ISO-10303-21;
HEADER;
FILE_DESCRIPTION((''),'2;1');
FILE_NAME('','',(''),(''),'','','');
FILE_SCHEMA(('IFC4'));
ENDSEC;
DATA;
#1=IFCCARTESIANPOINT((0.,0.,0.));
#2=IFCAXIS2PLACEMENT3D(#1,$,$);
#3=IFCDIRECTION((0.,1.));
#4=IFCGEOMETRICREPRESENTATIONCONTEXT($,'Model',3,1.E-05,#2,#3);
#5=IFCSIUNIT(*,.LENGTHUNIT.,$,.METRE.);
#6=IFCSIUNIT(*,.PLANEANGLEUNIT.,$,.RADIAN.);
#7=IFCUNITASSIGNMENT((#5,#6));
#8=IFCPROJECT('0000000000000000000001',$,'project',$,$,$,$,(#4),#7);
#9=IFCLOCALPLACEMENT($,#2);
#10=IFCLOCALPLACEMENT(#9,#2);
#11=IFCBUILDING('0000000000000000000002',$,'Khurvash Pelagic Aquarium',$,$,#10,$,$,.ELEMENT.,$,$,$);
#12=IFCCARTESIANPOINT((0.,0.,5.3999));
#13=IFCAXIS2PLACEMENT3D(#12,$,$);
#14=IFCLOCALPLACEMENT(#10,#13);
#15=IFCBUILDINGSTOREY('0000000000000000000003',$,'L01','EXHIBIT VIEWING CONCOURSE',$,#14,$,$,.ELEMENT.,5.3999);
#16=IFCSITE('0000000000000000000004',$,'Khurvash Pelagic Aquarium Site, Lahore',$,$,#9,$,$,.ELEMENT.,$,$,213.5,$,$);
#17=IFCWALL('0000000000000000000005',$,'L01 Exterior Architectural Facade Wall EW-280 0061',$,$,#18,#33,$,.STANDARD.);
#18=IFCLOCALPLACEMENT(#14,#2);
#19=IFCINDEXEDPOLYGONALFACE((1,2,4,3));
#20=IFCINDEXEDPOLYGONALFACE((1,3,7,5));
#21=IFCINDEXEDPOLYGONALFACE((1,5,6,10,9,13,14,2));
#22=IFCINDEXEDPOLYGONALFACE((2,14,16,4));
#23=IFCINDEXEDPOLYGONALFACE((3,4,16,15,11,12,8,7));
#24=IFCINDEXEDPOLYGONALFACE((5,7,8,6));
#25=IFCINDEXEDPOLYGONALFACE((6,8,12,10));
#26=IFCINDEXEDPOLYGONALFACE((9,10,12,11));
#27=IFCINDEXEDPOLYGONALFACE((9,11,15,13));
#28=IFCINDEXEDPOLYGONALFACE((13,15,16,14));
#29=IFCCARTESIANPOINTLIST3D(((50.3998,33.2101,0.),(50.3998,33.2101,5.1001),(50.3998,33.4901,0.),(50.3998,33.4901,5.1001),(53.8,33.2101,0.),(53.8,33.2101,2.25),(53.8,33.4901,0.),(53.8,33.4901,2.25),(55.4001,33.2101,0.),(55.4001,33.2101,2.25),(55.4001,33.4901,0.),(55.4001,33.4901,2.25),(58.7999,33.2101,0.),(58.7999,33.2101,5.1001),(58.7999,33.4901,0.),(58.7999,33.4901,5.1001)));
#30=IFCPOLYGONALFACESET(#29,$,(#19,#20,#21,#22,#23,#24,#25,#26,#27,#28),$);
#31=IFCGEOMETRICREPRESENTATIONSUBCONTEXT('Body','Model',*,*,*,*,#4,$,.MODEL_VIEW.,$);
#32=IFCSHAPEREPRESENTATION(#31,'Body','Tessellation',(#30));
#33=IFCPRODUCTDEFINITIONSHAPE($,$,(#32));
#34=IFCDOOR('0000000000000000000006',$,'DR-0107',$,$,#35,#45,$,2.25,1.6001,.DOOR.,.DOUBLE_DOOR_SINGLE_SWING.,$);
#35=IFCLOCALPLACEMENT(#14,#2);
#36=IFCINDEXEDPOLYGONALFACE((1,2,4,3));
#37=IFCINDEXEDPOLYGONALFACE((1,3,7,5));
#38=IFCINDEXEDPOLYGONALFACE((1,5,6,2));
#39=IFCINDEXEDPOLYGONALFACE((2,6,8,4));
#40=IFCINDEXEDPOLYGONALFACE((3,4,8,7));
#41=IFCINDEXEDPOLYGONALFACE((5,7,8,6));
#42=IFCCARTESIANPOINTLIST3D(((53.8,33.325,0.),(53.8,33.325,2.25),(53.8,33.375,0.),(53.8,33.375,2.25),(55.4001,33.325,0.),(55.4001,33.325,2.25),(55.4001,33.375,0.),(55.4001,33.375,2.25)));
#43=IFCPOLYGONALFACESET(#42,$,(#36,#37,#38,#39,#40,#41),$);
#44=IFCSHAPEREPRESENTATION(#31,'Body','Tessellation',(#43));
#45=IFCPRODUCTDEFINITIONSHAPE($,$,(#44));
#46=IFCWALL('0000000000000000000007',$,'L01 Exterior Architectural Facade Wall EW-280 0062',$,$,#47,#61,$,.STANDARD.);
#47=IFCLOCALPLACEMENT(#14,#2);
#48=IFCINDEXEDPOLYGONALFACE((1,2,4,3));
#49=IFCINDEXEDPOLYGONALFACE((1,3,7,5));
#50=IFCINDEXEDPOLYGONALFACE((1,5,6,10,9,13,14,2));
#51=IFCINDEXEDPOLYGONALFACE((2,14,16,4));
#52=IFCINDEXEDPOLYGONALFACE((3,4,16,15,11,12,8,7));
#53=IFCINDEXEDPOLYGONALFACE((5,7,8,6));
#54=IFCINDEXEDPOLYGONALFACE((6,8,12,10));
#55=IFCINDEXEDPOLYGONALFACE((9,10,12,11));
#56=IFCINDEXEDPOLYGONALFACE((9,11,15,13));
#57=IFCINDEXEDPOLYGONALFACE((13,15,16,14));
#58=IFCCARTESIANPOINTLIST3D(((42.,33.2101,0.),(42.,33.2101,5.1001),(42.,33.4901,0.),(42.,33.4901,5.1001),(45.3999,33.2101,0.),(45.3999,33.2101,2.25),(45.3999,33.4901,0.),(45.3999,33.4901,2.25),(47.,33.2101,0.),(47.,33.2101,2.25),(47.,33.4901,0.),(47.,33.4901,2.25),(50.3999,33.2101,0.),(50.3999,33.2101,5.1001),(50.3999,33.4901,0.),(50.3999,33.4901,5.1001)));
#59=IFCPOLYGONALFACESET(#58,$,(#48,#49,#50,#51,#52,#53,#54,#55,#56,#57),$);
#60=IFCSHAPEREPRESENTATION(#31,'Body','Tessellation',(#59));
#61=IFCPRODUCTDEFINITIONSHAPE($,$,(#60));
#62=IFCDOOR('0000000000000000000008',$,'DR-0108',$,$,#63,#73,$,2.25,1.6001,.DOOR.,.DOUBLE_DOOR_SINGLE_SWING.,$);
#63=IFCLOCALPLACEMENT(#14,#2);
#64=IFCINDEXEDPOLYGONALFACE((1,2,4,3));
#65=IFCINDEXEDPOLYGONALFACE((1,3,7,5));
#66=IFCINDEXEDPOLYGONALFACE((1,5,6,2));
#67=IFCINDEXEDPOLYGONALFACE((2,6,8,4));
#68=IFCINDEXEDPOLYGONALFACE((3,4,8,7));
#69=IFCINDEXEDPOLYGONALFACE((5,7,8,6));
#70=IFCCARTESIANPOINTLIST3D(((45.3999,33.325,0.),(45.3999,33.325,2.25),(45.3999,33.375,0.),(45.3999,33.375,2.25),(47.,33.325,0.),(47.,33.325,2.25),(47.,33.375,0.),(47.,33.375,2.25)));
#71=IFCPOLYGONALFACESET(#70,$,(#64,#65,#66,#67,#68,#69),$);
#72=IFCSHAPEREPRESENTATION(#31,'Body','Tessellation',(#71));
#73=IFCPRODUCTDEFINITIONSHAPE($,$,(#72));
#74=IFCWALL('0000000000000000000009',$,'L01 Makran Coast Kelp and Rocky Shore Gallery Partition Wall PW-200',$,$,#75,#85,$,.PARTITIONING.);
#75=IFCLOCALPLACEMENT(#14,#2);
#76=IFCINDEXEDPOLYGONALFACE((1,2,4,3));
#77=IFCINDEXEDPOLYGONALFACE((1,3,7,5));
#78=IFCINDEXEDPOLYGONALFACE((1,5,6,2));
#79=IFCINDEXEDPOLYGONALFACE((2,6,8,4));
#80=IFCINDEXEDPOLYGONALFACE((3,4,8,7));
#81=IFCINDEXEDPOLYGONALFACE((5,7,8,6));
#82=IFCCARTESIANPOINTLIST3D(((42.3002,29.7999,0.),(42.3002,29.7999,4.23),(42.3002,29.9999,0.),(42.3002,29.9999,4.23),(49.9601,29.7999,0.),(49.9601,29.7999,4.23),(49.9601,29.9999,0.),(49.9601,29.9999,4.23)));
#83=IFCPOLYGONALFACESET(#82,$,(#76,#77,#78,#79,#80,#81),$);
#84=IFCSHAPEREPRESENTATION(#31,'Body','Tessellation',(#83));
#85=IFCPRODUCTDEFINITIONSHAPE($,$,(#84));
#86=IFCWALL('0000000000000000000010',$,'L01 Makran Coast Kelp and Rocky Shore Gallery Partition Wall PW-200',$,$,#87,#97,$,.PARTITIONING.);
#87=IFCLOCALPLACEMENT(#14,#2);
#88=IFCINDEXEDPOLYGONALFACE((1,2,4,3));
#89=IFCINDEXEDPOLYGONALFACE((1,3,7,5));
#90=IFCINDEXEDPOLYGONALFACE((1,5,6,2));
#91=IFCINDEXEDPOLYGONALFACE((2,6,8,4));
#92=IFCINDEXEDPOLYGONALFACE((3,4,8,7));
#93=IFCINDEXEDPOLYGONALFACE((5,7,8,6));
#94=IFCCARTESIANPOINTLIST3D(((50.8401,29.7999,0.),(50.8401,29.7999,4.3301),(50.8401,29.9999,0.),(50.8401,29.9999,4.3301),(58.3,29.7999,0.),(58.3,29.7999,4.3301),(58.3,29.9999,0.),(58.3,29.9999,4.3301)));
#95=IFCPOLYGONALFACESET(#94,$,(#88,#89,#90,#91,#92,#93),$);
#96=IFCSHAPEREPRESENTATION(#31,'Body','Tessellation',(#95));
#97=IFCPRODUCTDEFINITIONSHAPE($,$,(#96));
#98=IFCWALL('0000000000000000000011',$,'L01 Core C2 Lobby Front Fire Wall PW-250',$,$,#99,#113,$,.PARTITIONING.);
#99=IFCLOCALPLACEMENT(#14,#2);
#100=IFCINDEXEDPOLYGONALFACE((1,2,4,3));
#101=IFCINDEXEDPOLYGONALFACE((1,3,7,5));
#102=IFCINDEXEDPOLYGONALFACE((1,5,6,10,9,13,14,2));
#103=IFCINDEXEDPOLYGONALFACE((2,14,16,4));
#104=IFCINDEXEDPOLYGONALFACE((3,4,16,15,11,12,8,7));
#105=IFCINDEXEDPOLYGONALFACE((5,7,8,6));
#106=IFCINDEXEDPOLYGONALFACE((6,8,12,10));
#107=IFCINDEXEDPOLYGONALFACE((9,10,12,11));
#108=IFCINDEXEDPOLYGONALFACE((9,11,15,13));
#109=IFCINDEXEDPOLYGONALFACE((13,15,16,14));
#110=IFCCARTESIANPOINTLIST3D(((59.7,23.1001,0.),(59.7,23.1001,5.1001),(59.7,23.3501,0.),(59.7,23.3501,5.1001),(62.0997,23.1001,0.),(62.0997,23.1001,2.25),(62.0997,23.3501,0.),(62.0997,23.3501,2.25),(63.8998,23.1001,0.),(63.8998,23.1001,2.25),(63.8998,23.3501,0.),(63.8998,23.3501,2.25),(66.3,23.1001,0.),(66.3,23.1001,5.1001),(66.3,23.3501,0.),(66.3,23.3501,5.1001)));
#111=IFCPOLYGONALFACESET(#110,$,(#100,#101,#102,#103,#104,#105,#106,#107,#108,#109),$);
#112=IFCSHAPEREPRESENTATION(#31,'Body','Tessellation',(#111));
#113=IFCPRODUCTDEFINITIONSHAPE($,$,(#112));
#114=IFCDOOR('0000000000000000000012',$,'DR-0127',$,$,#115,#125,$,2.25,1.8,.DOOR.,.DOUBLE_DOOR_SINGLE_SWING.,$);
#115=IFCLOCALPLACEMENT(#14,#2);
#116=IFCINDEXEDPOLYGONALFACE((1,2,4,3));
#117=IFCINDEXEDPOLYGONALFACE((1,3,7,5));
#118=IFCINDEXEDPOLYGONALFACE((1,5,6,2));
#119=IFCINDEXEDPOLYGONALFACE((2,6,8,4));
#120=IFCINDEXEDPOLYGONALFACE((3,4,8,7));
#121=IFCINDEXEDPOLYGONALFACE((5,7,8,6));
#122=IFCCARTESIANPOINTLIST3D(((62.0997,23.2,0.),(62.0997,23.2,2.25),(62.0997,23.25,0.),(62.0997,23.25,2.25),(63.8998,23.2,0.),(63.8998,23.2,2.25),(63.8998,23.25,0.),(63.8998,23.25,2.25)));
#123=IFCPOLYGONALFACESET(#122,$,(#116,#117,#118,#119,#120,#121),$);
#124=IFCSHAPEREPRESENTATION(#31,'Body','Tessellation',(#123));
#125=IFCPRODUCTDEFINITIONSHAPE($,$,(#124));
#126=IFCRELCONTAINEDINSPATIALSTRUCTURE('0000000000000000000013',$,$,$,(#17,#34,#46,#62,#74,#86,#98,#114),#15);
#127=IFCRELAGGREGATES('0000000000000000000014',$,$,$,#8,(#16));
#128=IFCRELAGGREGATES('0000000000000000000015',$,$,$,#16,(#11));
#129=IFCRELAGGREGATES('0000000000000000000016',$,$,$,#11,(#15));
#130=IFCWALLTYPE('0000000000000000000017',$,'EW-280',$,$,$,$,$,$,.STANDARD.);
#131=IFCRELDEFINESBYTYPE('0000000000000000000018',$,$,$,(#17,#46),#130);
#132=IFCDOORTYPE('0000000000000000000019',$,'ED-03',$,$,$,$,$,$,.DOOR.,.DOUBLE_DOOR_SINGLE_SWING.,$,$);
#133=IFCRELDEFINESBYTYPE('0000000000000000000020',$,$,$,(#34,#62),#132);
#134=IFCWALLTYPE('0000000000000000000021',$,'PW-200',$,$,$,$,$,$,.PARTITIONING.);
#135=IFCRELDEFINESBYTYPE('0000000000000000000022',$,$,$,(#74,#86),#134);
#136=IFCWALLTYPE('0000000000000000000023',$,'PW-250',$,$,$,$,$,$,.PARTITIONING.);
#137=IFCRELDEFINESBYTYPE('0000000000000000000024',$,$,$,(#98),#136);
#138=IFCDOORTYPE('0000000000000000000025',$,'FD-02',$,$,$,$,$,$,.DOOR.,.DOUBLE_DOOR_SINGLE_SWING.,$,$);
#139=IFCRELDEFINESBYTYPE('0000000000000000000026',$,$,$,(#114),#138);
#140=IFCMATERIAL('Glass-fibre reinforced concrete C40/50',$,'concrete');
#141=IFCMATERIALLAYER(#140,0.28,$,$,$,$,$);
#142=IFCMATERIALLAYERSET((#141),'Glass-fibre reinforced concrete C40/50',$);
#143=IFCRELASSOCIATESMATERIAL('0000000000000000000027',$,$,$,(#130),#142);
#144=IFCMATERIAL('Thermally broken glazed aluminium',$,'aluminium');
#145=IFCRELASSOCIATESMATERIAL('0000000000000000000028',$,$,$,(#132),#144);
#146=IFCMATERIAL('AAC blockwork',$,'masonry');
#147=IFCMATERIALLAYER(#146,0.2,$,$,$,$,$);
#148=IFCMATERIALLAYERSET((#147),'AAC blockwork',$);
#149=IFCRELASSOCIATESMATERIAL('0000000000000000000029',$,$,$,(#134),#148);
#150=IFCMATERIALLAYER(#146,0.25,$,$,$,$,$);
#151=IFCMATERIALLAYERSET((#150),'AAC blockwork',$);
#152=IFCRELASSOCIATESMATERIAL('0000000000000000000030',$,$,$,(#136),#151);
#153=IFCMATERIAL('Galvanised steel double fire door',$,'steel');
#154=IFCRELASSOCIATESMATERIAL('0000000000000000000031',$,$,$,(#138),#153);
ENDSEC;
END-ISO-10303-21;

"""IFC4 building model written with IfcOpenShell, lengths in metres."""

from ifc_helpers import new_model, si_unit, direction, frame, frame_2d, origin, place, context, subcontext, project, spatial, rectangle, extrude, material, layer, layer_set, type_object, element, fill, save


model = new_model("IFC4")

# Units and contexts
model_context = context("Model", 3, precision=1e-05, world=origin(), true_north=direction((0.0, 1.0)))
body_context = subcontext(model_context, "Body", "Model", "MODEL_VIEW")
ifc_project = project(units=[si_unit("LENGTHUNIT", "METRE"), si_unit("PLANEANGLEUNIT", "RADIAN")], contexts=[model_context])

# Site, building, storey
site_placement = place(None, origin())
site = spatial("IfcSite", under=ifc_project, at=site_placement, Name="Khurvash Pelagic Aquarium Site, Lahore", CompositionType="ELEMENT", RefElevation=213.5)
building_placement = place(site_placement, origin())
building = spatial("IfcBuilding", under=site, at=building_placement, Name="Khurvash Pelagic Aquarium", CompositionType="ELEMENT")
storey_placement = place(building_placement, frame((0.0, 0.0, 5.3999)))
storey = spatial("IfcBuildingStorey", under=building, at=storey_placement, Name="L01", Description="EXHIBIT VIEWING CONCOURSE", CompositionType="ELEMENT", Elevation=5.3999)

# Walls, openings, doors
ifc_material_1 = material(Name="Glass-fibre reinforced concrete C40/50", Category="concrete")
ifc_layer_1 = layer(ifc_material_1, 0.28)
ifc_layer_set_1 = layer_set([ifc_layer_1], Name="Glass-fibre reinforced concrete C40/50")
wall_type_1 = type_object("IfcWallType", Name="EW-280", PredefinedType="STANDARD", material=ifc_layer_set_1)
wall_1_placement = place(storey_placement, frame((58.8, 33.3501, 0.0), z_axis=(0.0, 0.0, 1.0), x_axis=(-1.0, 0.0, 0.0)))
wall_1 = element("IfcWall", 1, at=wall_1_placement, inside=storey, type_object=wall_type_1, Name="L01 Exterior Architectural Facade Wall EW-280 0061", PredefinedType="STANDARD", context=body_context, shape_type="SweptSolid", body=[
    extrude(rectangle(XDim=8.4001, YDim=0.28, at=frame_2d((4.2002, 0.0))), origin(), (0.0, 0.0, 1.0), 5.1001),
])
opening_1_placement = place(wall_1_placement, frame((3.3999, 0.0, 0.0)))
opening_1 = element("IfcOpeningElement", 2, at=opening_1_placement, cuts=wall_1, PredefinedType="OPENING", context=body_context, shape_type="SweptSolid", body=[
    extrude(rectangle(XDim=1.6001, YDim=2.25, at=frame_2d((0.8, 1.125))), frame((0.0, 0.1499, 0.0), z_axis=(0.0, -1.0, 0.0), x_axis=(1.0, 0.0, 0.0)), (0.0, 0.0, 1.0), 0.3),
])
ifc_material_2 = material(Name="Thermally broken glazed aluminium", Category="aluminium")
door_type_1 = type_object("IfcDoorType", Name="ED-03", OperationType="DOUBLE_DOOR_SINGLE_SWING", PredefinedType="DOOR", material=ifc_material_2)
door_1_placement = place(opening_1_placement, frame((1.6001, 0.0, 0.0), z_axis=(0.0, 0.0, 1.0), x_axis=(-1.0, 0.0, 0.0)))
door_1 = element("IfcDoor", 3, at=door_1_placement, inside=storey, type_object=door_type_1, Name="DR-0107", OperationType="DOUBLE_DOOR_SINGLE_SWING", OverallHeight=2.25, OverallWidth=1.6001, PredefinedType="DOOR", context=body_context, shape_type="SweptSolid", body=[
    extrude(rectangle(XDim=1.6001, YDim=2.25, at=frame_2d((0.8, 1.125))), frame((0.0, 0.0249, 0.0), z_axis=(0.0, -1.0, 0.0), x_axis=(1.0, 0.0, 0.0)), (0.0, 0.0, 1.0), 0.05),
])
fill(opening_1, door_1)
wall_2_placement = place(storey_placement, frame((50.3999, 33.3501, 0.0), z_axis=(0.0, 0.0, 1.0), x_axis=(-1.0, 0.0, 0.0)))
wall_2 = element("IfcWall", 4, at=wall_2_placement, inside=storey, type_object=wall_type_1, Name="L01 Exterior Architectural Facade Wall EW-280 0062", PredefinedType="STANDARD", context=body_context, shape_type="SweptSolid", body=[
    extrude(rectangle(XDim=8.3999, YDim=0.28, at=frame_2d((4.2, 0.0))), origin(), (0.0, 0.0, 1.0), 5.1001),
])
opening_2_placement = place(wall_2_placement, frame((3.3999, 0.0, 0.0)))
opening_2 = element("IfcOpeningElement", 5, at=opening_2_placement, cuts=wall_2, PredefinedType="OPENING", context=body_context, shape_type="SweptSolid", body=[
    extrude(rectangle(XDim=1.6001, YDim=2.25, at=frame_2d((0.8, 1.125))), frame((0.0, 0.1499, 0.0), z_axis=(0.0, -1.0, 0.0), x_axis=(1.0, 0.0, 0.0)), (0.0, 0.0, 1.0), 0.3),
])
door_2_placement = place(opening_2_placement, frame((1.6001, 0.0, 0.0), z_axis=(0.0, 0.0, 1.0), x_axis=(-1.0, 0.0, 0.0)))
door_2 = element("IfcDoor", 6, at=door_2_placement, inside=storey, type_object=door_type_1, Name="DR-0108", OperationType="DOUBLE_DOOR_SINGLE_SWING", OverallHeight=2.25, OverallWidth=1.6001, PredefinedType="DOOR", context=body_context, shape_type="SweptSolid", body=[
    extrude(rectangle(XDim=1.6001, YDim=2.25, at=frame_2d((0.8, 1.125))), frame((0.0, 0.0249, 0.0), z_axis=(0.0, -1.0, 0.0), x_axis=(1.0, 0.0, 0.0)), (0.0, 0.0, 1.0), 0.05),
])
fill(opening_2, door_2)

# Walls
ifc_material_3 = material(Name="AAC blockwork", Category="masonry")
ifc_layer_2 = layer(ifc_material_3, 0.2)
ifc_layer_set_2 = layer_set([ifc_layer_2], Name="AAC blockwork")
wall_type_2 = type_object("IfcWallType", Name="PW-200", PredefinedType="PARTITIONING", material=ifc_layer_set_2)
wall_3_placement = place(storey_placement, frame((42.3, 29.8999, 0.0), z_axis=(0.0, 0.0, 1.0), x_axis=(1.0, 0.0, 0.0)))
element("IfcWall", 7, at=wall_3_placement, inside=storey, type_object=wall_type_2, Name="L01 Makran Coast Kelp and Rocky Shore Gallery Partition Wall PW-200", PredefinedType="PARTITIONING", context=body_context, shape_type="SweptSolid", body=[
    extrude(rectangle(XDim=7.6599, YDim=0.2, at=frame_2d((3.8301, 0.0))), origin(), (0.0, 0.0, 1.0), 4.23),
])
wall_4_placement = place(storey_placement, frame((50.8401, 29.8999, 0.0), z_axis=(0.0, 0.0, 1.0), x_axis=(1.0, 0.0, 0.0)))
element("IfcWall", 8, at=wall_4_placement, inside=storey, type_object=wall_type_2, Name="L01 Makran Coast Kelp and Rocky Shore Gallery Partition Wall PW-200", PredefinedType="PARTITIONING", context=body_context, shape_type="SweptSolid", body=[
    extrude(rectangle(XDim=7.46, YDim=0.2, at=frame_2d((3.73, 0.0))), origin(), (0.0, 0.0, 1.0), 4.3301),
])

# Wall, opening, door
ifc_layer_3 = layer(ifc_material_3, 0.25)
ifc_layer_set_3 = layer_set([ifc_layer_3], Name="AAC blockwork")
wall_type_3 = type_object("IfcWallType", Name="PW-250", PredefinedType="PARTITIONING", material=ifc_layer_set_3)
wall_5_placement = place(storey_placement, frame((59.7, 23.2251, 0.0), z_axis=(0.0, 0.0, 1.0), x_axis=(1.0, 0.0, 0.0)))
wall_5 = element("IfcWall", 9, at=wall_5_placement, inside=storey, type_object=wall_type_3, Name="L01 Core C2 Lobby Front Fire Wall PW-250", PredefinedType="PARTITIONING", context=body_context, shape_type="SweptSolid", body=[
    extrude(rectangle(XDim=6.6001, YDim=0.25, at=frame_2d((3.3, 0.0))), origin(), (0.0, 0.0, 1.0), 5.1001),
])
opening_3_placement = place(wall_5_placement, frame((2.3999, 0.0, 0.0)))
opening_3 = element("IfcOpeningElement", 10, at=opening_3_placement, cuts=wall_5, PredefinedType="OPENING", context=body_context, shape_type="SweptSolid", body=[
    extrude(rectangle(XDim=1.8, YDim=2.25, at=frame_2d((0.8999, 1.125))), frame((0.0, 0.135, 0.0), z_axis=(0.0, -1.0, 0.0), x_axis=(1.0, 0.0, 0.0)), (0.0, 0.0, 1.0), 0.27),
])
ifc_material_4 = material(Name="Galvanised steel double fire door", Category="steel")
door_type_2 = type_object("IfcDoorType", Name="FD-02", OperationType="DOUBLE_DOOR_SINGLE_SWING", PredefinedType="DOOR", material=ifc_material_4)
door_3_placement = place(opening_3_placement, origin())
door_3 = element("IfcDoor", 11, at=door_3_placement, inside=storey, type_object=door_type_2, Name="DR-0127", OperationType="DOUBLE_DOOR_SINGLE_SWING", OverallHeight=2.25, OverallWidth=1.8, PredefinedType="DOOR", context=body_context, shape_type="SweptSolid", body=[
    extrude(rectangle(XDim=1.8, YDim=2.25, at=frame_2d((0.8999, 1.125))), frame((0.0, 0.0249, 0.0), z_axis=(0.0, -1.0, 0.0), x_axis=(1.0, 0.0, 0.0)), (0.0, 0.0, 1.0), 0.05),
])
fill(opening_3, door_3)

save(model, "model.ifc")
